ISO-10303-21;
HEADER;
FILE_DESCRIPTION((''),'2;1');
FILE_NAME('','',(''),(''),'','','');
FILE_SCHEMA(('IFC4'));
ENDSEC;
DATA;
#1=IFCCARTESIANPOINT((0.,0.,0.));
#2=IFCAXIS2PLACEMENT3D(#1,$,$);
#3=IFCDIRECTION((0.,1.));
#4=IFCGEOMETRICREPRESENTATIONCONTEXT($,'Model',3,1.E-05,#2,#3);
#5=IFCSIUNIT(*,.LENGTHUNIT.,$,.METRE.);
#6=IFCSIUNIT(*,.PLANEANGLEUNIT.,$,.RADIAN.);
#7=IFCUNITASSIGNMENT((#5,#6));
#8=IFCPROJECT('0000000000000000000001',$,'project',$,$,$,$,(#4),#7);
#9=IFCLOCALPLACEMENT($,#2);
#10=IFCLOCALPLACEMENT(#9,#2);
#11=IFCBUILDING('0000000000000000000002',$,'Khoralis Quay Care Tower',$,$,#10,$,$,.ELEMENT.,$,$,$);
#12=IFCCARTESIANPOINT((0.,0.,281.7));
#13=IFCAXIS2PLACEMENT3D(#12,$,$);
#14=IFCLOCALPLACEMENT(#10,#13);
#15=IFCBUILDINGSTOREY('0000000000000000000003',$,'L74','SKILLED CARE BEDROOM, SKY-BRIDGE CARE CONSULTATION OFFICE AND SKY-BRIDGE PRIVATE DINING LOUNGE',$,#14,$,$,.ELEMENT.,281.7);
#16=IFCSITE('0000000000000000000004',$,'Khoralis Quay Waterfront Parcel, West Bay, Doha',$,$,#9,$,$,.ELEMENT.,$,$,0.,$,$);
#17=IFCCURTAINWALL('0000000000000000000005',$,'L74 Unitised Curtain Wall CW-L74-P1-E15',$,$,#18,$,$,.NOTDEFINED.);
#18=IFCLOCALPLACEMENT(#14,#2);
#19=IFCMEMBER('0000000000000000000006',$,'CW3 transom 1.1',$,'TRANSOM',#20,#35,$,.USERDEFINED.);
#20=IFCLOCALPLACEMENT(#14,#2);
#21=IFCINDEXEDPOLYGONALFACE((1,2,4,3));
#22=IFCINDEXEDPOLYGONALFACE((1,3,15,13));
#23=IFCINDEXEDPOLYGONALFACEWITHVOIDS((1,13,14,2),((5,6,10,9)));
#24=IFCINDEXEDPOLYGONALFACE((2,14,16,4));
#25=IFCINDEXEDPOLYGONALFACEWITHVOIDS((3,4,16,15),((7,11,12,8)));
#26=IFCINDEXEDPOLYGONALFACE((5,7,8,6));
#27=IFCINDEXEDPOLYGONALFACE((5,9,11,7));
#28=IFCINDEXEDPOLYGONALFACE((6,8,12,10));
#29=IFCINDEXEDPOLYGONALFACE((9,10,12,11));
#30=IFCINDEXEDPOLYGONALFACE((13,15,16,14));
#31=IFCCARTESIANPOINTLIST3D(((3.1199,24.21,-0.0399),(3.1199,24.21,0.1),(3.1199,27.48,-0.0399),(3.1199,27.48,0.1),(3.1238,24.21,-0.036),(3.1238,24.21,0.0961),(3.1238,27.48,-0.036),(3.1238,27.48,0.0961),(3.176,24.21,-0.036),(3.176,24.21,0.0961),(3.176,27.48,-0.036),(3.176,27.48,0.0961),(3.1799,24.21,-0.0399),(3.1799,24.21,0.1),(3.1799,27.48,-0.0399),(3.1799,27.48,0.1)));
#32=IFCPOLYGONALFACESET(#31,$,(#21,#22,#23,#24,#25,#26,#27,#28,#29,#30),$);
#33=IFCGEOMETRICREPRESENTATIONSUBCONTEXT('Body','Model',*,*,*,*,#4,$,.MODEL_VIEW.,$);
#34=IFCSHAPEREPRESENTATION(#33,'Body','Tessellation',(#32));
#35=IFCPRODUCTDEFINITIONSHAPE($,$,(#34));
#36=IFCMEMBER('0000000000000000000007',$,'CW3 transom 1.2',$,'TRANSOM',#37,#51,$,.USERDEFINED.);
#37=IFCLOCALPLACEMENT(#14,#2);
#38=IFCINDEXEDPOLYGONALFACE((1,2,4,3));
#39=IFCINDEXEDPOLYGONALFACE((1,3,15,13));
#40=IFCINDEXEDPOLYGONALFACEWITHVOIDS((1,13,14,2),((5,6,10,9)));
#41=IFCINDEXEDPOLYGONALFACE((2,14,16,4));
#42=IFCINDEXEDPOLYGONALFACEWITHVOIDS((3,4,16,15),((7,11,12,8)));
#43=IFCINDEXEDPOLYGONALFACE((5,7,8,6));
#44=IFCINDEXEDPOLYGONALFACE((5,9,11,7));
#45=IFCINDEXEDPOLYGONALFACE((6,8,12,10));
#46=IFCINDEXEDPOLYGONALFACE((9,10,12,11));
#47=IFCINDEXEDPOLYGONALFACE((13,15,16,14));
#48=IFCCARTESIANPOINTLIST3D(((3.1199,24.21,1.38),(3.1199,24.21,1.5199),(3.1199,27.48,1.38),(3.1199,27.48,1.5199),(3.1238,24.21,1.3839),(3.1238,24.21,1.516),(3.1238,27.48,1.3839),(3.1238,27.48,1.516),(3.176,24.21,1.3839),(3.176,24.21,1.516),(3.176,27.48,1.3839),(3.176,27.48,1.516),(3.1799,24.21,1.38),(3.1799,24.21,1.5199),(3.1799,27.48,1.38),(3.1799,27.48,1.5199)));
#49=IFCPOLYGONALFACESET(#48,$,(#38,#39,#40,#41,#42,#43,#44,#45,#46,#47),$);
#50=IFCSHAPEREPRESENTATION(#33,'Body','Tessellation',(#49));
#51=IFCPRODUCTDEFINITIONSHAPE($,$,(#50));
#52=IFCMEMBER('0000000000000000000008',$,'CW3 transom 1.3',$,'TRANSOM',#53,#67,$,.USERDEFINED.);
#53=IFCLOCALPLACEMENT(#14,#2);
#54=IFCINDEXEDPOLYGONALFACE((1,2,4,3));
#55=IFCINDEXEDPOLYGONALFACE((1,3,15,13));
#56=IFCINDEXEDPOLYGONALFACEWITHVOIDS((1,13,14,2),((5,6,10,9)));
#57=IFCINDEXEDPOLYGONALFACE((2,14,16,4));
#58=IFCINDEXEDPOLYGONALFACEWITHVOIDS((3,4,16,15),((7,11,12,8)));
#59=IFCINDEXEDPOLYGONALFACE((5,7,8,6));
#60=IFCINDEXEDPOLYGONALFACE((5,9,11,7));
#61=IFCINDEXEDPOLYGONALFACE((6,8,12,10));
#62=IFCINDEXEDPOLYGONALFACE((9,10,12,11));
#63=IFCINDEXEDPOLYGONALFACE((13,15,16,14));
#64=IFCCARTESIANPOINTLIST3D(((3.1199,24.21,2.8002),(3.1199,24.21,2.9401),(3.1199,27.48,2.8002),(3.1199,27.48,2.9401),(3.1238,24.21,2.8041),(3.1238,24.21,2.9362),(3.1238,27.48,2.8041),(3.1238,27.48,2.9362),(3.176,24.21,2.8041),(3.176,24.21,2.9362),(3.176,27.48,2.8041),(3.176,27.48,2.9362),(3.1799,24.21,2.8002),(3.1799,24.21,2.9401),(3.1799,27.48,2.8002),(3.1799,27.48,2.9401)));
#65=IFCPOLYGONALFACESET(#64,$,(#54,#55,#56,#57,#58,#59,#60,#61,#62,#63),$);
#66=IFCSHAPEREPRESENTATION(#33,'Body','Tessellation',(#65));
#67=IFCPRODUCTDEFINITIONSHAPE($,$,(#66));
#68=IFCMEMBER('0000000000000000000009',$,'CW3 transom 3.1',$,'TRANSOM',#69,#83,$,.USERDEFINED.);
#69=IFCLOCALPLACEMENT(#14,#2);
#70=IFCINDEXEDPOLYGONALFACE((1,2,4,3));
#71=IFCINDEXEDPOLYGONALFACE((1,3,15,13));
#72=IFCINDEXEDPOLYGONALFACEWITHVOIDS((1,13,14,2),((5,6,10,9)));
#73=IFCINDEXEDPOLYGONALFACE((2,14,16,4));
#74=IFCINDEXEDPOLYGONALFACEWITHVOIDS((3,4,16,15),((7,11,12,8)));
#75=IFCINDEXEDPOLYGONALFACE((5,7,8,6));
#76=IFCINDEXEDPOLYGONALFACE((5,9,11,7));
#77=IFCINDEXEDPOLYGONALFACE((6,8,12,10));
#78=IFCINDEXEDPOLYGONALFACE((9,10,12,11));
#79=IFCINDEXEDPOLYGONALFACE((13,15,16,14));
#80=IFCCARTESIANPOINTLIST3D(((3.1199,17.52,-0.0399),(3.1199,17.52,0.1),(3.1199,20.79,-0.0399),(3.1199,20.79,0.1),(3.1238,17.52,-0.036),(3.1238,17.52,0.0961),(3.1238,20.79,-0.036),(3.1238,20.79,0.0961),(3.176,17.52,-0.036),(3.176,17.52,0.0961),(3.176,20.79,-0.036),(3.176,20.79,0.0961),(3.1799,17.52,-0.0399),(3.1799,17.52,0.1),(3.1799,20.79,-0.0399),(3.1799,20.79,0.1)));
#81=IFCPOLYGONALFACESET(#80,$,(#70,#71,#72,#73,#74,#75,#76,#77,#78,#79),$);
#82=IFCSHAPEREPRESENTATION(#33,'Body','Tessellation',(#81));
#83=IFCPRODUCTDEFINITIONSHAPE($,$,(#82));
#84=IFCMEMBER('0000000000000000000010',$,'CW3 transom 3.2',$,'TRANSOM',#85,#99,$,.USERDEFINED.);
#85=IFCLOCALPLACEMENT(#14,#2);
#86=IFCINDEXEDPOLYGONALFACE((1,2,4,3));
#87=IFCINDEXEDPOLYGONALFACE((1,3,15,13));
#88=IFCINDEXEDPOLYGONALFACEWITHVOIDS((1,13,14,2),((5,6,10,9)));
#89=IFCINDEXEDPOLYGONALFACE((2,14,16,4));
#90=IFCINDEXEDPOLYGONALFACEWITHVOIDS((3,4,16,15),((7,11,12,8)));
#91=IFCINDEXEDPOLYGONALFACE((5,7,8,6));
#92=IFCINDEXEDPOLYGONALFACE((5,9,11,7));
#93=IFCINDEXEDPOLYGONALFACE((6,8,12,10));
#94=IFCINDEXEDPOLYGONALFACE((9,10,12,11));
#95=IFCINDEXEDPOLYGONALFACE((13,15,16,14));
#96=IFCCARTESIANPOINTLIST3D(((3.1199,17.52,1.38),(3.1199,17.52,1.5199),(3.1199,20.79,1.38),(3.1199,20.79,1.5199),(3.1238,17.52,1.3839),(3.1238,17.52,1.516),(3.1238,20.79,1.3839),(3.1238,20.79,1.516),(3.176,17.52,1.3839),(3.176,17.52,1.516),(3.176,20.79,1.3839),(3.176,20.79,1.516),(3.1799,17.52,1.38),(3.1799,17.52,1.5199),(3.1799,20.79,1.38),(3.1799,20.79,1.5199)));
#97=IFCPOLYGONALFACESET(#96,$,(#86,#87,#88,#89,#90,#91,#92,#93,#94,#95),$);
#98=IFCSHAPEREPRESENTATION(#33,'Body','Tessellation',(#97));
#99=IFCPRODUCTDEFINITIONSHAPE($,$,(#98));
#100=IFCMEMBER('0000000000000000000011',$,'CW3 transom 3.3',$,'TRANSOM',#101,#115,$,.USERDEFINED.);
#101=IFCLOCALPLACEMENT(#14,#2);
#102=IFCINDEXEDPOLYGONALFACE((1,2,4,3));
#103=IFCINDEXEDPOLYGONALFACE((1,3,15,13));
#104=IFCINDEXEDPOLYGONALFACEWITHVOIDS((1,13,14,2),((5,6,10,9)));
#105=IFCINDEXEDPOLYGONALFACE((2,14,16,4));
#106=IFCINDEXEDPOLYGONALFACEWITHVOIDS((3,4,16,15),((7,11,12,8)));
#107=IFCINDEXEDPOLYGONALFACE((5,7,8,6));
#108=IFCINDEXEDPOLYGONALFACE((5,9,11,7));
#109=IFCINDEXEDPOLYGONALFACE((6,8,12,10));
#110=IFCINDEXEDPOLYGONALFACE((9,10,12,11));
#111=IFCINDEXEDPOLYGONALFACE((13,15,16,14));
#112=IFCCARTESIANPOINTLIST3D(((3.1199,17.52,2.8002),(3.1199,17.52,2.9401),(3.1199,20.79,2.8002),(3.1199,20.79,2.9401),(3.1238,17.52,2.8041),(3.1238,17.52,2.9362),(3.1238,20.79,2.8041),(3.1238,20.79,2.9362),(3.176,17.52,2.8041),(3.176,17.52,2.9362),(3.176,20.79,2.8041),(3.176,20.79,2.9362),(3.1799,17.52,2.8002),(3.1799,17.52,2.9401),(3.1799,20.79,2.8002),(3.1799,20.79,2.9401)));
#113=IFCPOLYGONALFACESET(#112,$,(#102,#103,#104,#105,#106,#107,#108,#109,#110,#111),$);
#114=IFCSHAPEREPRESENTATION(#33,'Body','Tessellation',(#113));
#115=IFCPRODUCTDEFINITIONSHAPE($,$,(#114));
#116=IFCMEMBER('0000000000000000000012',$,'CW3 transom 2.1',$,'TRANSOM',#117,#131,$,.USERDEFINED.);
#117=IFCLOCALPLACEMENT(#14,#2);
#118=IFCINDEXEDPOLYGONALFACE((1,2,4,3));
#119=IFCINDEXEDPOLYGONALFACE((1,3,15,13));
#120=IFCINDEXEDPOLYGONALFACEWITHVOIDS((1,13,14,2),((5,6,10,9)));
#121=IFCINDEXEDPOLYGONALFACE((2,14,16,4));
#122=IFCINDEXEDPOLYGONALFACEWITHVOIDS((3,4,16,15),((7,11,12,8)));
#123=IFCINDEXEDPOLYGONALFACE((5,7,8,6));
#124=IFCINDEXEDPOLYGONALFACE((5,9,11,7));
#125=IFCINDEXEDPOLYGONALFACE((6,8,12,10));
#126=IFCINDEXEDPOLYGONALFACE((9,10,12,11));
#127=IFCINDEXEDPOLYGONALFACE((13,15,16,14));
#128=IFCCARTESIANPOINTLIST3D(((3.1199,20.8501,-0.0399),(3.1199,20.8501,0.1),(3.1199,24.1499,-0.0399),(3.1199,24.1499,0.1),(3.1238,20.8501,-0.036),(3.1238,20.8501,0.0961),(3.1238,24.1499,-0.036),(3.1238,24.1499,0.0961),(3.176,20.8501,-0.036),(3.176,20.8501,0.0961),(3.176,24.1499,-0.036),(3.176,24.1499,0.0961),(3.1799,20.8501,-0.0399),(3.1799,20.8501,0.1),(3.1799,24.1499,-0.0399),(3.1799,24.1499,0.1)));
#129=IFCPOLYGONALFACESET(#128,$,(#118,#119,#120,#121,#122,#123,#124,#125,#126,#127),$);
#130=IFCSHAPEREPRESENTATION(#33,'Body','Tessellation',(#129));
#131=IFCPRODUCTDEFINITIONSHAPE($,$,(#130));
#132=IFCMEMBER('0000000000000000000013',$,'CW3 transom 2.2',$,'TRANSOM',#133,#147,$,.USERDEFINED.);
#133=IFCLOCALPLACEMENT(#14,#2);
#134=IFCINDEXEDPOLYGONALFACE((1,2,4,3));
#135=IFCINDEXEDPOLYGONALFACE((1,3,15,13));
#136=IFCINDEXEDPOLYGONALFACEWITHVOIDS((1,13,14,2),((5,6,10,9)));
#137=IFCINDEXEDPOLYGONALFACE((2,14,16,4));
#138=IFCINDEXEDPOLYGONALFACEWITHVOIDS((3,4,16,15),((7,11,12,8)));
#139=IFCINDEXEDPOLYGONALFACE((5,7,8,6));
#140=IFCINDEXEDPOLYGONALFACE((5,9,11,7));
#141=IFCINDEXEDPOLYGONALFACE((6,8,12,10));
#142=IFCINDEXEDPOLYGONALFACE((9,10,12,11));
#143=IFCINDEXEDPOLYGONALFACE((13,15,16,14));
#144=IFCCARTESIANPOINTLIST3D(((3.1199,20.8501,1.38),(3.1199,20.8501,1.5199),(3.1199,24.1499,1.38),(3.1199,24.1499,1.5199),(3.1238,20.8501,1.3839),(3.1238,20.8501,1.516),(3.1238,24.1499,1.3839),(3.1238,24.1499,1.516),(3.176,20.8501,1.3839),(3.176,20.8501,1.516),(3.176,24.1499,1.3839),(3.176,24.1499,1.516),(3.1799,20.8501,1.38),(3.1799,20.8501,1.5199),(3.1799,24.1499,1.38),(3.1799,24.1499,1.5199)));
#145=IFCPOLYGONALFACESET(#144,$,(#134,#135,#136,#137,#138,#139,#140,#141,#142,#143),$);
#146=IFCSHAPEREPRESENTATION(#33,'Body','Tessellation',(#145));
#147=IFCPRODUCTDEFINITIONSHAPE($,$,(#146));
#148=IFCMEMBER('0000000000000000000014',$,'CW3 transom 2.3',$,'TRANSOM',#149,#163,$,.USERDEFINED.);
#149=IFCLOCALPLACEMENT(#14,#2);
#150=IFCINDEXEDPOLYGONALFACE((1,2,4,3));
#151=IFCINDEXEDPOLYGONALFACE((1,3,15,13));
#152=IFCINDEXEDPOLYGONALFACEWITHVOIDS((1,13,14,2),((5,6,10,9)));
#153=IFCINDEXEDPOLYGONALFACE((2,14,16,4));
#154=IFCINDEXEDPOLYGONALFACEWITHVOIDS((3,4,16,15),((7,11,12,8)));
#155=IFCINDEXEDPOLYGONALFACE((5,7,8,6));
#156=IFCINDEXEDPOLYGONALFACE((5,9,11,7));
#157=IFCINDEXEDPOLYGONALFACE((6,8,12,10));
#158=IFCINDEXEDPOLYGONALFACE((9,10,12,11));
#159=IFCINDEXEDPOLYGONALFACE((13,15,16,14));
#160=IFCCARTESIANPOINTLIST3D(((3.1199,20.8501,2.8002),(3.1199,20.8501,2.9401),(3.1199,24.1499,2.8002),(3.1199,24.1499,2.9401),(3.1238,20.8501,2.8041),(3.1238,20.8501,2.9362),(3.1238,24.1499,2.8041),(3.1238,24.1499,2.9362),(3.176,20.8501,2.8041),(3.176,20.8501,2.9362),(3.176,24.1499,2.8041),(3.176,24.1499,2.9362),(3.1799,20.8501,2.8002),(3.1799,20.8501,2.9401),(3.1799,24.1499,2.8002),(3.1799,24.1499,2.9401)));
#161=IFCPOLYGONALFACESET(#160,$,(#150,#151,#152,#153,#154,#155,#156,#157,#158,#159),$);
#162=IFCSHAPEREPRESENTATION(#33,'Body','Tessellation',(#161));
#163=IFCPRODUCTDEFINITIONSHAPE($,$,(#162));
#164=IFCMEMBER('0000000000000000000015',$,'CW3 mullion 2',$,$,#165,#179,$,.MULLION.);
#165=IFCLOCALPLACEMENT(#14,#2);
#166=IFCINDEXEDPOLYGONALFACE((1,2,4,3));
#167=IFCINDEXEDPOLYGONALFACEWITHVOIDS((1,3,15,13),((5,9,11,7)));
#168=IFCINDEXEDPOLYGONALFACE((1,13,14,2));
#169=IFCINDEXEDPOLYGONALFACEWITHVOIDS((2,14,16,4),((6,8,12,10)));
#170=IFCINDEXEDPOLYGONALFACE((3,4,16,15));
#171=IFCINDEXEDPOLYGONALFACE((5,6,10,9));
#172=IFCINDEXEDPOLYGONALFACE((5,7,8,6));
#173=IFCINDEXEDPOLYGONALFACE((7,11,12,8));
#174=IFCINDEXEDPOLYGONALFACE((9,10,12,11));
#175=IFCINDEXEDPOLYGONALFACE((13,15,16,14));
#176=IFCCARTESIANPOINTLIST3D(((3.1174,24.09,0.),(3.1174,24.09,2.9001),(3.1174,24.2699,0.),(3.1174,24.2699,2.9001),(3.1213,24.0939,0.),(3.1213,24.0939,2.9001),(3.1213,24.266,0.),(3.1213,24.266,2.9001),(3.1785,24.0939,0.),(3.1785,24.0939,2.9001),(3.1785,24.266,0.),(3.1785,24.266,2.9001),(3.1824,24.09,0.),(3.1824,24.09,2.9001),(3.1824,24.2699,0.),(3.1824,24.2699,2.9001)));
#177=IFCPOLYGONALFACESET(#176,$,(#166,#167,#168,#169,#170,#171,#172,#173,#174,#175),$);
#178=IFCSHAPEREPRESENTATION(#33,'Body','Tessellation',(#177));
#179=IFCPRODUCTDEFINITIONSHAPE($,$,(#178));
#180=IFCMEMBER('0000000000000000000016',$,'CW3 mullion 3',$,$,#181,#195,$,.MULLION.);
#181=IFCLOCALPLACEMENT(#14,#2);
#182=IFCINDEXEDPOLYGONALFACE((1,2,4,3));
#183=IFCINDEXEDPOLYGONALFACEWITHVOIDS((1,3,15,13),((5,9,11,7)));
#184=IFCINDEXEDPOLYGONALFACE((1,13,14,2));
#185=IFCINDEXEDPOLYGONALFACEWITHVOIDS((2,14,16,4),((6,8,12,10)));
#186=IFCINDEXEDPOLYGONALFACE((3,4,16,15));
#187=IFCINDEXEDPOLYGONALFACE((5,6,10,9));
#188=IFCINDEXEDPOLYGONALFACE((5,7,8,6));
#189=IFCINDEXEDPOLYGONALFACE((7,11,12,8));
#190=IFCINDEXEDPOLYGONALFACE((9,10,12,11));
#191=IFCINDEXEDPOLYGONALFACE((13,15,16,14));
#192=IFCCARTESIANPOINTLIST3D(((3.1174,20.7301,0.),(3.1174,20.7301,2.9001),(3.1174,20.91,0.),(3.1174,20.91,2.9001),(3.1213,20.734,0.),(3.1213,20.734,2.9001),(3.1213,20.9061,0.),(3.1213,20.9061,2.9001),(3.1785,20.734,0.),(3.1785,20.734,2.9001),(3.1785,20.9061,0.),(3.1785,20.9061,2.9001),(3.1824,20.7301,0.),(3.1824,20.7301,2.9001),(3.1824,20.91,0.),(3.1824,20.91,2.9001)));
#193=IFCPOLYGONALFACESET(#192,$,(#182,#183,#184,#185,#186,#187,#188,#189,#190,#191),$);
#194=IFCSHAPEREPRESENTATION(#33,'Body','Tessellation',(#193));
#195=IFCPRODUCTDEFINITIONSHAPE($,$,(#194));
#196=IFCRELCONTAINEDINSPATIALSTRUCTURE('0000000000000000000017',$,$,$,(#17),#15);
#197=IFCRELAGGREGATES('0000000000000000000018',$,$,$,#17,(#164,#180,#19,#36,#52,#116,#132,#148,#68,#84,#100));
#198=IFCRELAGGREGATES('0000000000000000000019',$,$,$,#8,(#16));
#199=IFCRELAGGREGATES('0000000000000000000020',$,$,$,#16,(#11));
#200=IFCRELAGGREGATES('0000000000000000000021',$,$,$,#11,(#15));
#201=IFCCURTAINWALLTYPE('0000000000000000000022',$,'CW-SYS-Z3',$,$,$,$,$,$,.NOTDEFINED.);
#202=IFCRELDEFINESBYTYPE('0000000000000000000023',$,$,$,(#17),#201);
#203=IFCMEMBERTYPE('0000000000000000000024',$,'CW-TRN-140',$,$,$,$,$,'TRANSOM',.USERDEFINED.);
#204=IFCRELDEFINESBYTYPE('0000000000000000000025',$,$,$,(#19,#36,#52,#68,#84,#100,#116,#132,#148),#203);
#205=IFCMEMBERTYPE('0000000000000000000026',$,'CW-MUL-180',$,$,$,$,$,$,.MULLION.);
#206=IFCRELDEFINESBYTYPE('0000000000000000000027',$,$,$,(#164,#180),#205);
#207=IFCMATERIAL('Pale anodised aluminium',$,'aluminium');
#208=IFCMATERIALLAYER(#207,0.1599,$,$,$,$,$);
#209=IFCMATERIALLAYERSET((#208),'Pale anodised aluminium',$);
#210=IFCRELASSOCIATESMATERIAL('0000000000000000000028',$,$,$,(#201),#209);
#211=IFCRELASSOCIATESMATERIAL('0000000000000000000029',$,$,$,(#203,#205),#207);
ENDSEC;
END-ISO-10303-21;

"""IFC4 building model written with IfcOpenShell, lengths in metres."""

from ifc_helpers import new_model, si_unit, direction, frame, origin, origin_2d, place, context, subcontext, project, spatial, hollow_rectangle, extrude, source, transform, mapped, material, layer, layer_set, material_profile, profile_set, type_object, element, aggregate, save


model = new_model("IFC4")

# Units and contexts
model_context = context("Model", 3, precision=1e-05, world=origin(), true_north=direction((0.0, 1.0)))
body_context = subcontext(model_context, "Body", "Model", "MODEL_VIEW")
ifc_project = project(units=[si_unit("LENGTHUNIT", "METRE"), si_unit("PLANEANGLEUNIT", "RADIAN")], contexts=[model_context])

# Site, building, storey
site_placement = place(None, origin())
site = spatial("IfcSite", under=ifc_project, at=site_placement, Name="Khoralis Quay Waterfront Parcel, West Bay, Doha", CompositionType="ELEMENT", RefElevation=0.0)
building_placement = place(site_placement, origin())
building = spatial("IfcBuilding", under=site, at=building_placement, Name="Khoralis Quay Care Tower", CompositionType="ELEMENT")
storey_placement = place(building_placement, frame((0.0, 0.0, 281.7)))
storey = spatial("IfcBuildingStorey", under=building, at=storey_placement, Name="L74", Description="SKILLED CARE BEDROOM, SKY-BRIDGE CARE CONSULTATION OFFICE AND SKY-BRIDGE PRIVATE DINING LOUNGE", CompositionType="ELEMENT", Elevation=281.7)

# Curtain wall, members
ifc_material_1 = material(Name="Pale anodised aluminium", Category="aluminium")
ifc_layer_1 = layer(ifc_material_1, 0.1599)
ifc_layer_set_1 = layer_set([ifc_layer_1], Name="Pale anodised aluminium")
curtain_wall_type = type_object("IfcCurtainWallType", Name="CW-SYS-Z3", PredefinedType="NOTDEFINED", material=ifc_layer_set_1)
curtain_wall_placement = place(storey_placement, origin())
curtain_wall = element("IfcCurtainWall", 1, at=curtain_wall_placement, inside=storey, type_object=curtain_wall_type, Name="L74 Unitised Curtain Wall CW-L74-P1-E15", PredefinedType="NOTDEFINED")
ifc_material_profile_1 = material_profile(ifc_material_1, hollow_rectangle(XDim=0.0601, YDim=0.1399, WallThickness=0.0039, at=origin_2d()), Name="Pale anodised aluminium")
ifc_profile_set_1 = profile_set([ifc_material_profile_1], Name="Pale anodised aluminium")
member_type_1 = type_object("IfcMemberType", Name="CW-TRN-140", ElementType="TRANSOM", PredefinedType="USERDEFINED", material=ifc_profile_set_1)
shared_shape_1 = source(origin(), body_context, "Body", "SweptSolid", [
    extrude(hollow_rectangle(XDim=0.0601, YDim=0.1399, WallThickness=0.0039, at=origin_2d()), origin(), (0.0, 0.0, 1.0), 3.27),
])
member_1_placement = place(storey_placement, frame((3.1499, 27.48, 0.03), z_axis=(0.0, -1.0, 0.0), x_axis=(1.0, 0.0, 0.0)))
member_1 = element("IfcMember", 2, at=member_1_placement, type_object=member_type_1, Name="CW3 transom 1.1", ObjectType="TRANSOM", PredefinedType="USERDEFINED", context=body_context, shape_type="MappedRepresentation", body=[
    mapped(shared_shape_1, transform((0.0, 0.0, 0.0), scale=1.0)),
])
member_2_placement = place(storey_placement, frame((3.1499, 27.48, 1.45), z_axis=(0.0, -1.0, 0.0), x_axis=(1.0, 0.0, 0.0)))
member_2 = element("IfcMember", 3, at=member_2_placement, type_object=member_type_1, Name="CW3 transom 1.2", ObjectType="TRANSOM", PredefinedType="USERDEFINED", context=body_context, shape_type="MappedRepresentation", body=[
    mapped(shared_shape_1, transform((0.0, 0.0, 0.0), scale=1.0)),
])
member_3_placement = place(storey_placement, frame((3.1499, 27.48, 2.8701), z_axis=(0.0, -1.0, 0.0), x_axis=(1.0, 0.0, 0.0)))
member_3 = element("IfcMember", 4, at=member_3_placement, type_object=member_type_1, Name="CW3 transom 1.3", ObjectType="TRANSOM", PredefinedType="USERDEFINED", context=body_context, shape_type="MappedRepresentation", body=[
    mapped(shared_shape_1, transform((0.0, 0.0, 0.0), scale=1.0)),
])
member_4_placement = place(storey_placement, frame((3.1499, 20.79, 0.03), z_axis=(0.0, -1.0, 0.0), x_axis=(1.0, 0.0, 0.0)))
member_4 = element("IfcMember", 5, at=member_4_placement, type_object=member_type_1, Name="CW3 transom 3.1", ObjectType="TRANSOM", PredefinedType="USERDEFINED", context=body_context, shape_type="MappedRepresentation", body=[
    mapped(shared_shape_1, transform((0.0, 0.0, 0.0), scale=1.0)),
])
member_5_placement = place(storey_placement, frame((3.1499, 20.79, 1.45), z_axis=(0.0, -1.0, 0.0), x_axis=(1.0, 0.0, 0.0)))
member_5 = element("IfcMember", 6, at=member_5_placement, type_object=member_type_1, Name="CW3 transom 3.2", ObjectType="TRANSOM", PredefinedType="USERDEFINED", context=body_context, shape_type="MappedRepresentation", body=[
    mapped(shared_shape_1, transform((0.0, 0.0, 0.0), scale=1.0)),
])
member_6_placement = place(storey_placement, frame((3.1499, 20.79, 2.8701), z_axis=(0.0, -1.0, 0.0), x_axis=(1.0, 0.0, 0.0)))
member_6 = element("IfcMember", 7, at=member_6_placement, type_object=member_type_1, Name="CW3 transom 3.3", ObjectType="TRANSOM", PredefinedType="USERDEFINED", context=body_context, shape_type="MappedRepresentation", body=[
    mapped(shared_shape_1, transform((0.0, 0.0, 0.0), scale=1.0)),
])
shared_shape_2 = source(origin(), body_context, "Body", "SweptSolid", [
    extrude(hollow_rectangle(XDim=0.0601, YDim=0.1399, WallThickness=0.0039, at=origin_2d()), origin(), (0.0, 0.0, 1.0), 3.2998),
])
member_7_placement = place(storey_placement, frame((3.1499, 24.1499, 0.03), z_axis=(0.0, -1.0, 0.0), x_axis=(1.0, 0.0, 0.0)))
member_7 = element("IfcMember", 8, at=member_7_placement, type_object=member_type_1, Name="CW3 transom 2.1", ObjectType="TRANSOM", PredefinedType="USERDEFINED", context=body_context, shape_type="MappedRepresentation", body=[
    mapped(shared_shape_2, transform((0.0, 0.0, 0.0), scale=1.0)),
])
member_8_placement = place(storey_placement, frame((3.1499, 24.1499, 1.45), z_axis=(0.0, -1.0, 0.0), x_axis=(1.0, 0.0, 0.0)))
member_8 = element("IfcMember", 9, at=member_8_placement, type_object=member_type_1, Name="CW3 transom 2.2", ObjectType="TRANSOM", PredefinedType="USERDEFINED", context=body_context, shape_type="MappedRepresentation", body=[
    mapped(shared_shape_2, transform((0.0, 0.0, 0.0), scale=1.0)),
])
member_9_placement = place(storey_placement, frame((3.1499, 24.1499, 2.8701), z_axis=(0.0, -1.0, 0.0), x_axis=(1.0, 0.0, 0.0)))
member_9 = element("IfcMember", 10, at=member_9_placement, type_object=member_type_1, Name="CW3 transom 2.3", ObjectType="TRANSOM", PredefinedType="USERDEFINED", context=body_context, shape_type="MappedRepresentation", body=[
    mapped(shared_shape_2, transform((0.0, 0.0, 0.0), scale=1.0)),
])
ifc_material_profile_2 = material_profile(ifc_material_1, hollow_rectangle(XDim=0.0649, YDim=0.1799, WallThickness=0.0039, at=origin_2d()), Name="Pale anodised aluminium")
ifc_profile_set_2 = profile_set([ifc_material_profile_2], Name="Pale anodised aluminium")
member_type_2 = type_object("IfcMemberType", Name="CW-MUL-180", PredefinedType="MULLION", material=ifc_profile_set_2)
shared_shape_3 = source(origin(), body_context, "Body", "SweptSolid", [
    extrude(hollow_rectangle(XDim=0.0649, YDim=0.1799, WallThickness=0.0039, at=origin_2d()), origin(), (0.0, 0.0, 1.0), 2.9001),
])
member_10_placement = place(storey_placement, frame((3.1499, 24.1799, 0.0), z_axis=(0.0, 0.0, 1.0), x_axis=(1.0, 0.0, 0.0)))
member_10 = element("IfcMember", 11, at=member_10_placement, type_object=member_type_2, Name="CW3 mullion 2", PredefinedType="MULLION", context=body_context, shape_type="MappedRepresentation", body=[
    mapped(shared_shape_3, transform((0.0, 0.0, 0.0), scale=1.0)),
])
member_11_placement = place(storey_placement, frame((3.1499, 20.8201, 0.0), z_axis=(0.0, 0.0, 1.0), x_axis=(1.0, 0.0, 0.0)))
member_11 = element("IfcMember", 12, at=member_11_placement, type_object=member_type_2, Name="CW3 mullion 3", PredefinedType="MULLION", context=body_context, shape_type="MappedRepresentation", body=[
    mapped(shared_shape_3, transform((0.0, 0.0, 0.0), scale=1.0)),
])
aggregate(curtain_wall, [member_10, member_11, member_1, member_2, member_3, member_7, member_8, member_9, member_4, member_5, member_6])

save(model, "model.ifc")
